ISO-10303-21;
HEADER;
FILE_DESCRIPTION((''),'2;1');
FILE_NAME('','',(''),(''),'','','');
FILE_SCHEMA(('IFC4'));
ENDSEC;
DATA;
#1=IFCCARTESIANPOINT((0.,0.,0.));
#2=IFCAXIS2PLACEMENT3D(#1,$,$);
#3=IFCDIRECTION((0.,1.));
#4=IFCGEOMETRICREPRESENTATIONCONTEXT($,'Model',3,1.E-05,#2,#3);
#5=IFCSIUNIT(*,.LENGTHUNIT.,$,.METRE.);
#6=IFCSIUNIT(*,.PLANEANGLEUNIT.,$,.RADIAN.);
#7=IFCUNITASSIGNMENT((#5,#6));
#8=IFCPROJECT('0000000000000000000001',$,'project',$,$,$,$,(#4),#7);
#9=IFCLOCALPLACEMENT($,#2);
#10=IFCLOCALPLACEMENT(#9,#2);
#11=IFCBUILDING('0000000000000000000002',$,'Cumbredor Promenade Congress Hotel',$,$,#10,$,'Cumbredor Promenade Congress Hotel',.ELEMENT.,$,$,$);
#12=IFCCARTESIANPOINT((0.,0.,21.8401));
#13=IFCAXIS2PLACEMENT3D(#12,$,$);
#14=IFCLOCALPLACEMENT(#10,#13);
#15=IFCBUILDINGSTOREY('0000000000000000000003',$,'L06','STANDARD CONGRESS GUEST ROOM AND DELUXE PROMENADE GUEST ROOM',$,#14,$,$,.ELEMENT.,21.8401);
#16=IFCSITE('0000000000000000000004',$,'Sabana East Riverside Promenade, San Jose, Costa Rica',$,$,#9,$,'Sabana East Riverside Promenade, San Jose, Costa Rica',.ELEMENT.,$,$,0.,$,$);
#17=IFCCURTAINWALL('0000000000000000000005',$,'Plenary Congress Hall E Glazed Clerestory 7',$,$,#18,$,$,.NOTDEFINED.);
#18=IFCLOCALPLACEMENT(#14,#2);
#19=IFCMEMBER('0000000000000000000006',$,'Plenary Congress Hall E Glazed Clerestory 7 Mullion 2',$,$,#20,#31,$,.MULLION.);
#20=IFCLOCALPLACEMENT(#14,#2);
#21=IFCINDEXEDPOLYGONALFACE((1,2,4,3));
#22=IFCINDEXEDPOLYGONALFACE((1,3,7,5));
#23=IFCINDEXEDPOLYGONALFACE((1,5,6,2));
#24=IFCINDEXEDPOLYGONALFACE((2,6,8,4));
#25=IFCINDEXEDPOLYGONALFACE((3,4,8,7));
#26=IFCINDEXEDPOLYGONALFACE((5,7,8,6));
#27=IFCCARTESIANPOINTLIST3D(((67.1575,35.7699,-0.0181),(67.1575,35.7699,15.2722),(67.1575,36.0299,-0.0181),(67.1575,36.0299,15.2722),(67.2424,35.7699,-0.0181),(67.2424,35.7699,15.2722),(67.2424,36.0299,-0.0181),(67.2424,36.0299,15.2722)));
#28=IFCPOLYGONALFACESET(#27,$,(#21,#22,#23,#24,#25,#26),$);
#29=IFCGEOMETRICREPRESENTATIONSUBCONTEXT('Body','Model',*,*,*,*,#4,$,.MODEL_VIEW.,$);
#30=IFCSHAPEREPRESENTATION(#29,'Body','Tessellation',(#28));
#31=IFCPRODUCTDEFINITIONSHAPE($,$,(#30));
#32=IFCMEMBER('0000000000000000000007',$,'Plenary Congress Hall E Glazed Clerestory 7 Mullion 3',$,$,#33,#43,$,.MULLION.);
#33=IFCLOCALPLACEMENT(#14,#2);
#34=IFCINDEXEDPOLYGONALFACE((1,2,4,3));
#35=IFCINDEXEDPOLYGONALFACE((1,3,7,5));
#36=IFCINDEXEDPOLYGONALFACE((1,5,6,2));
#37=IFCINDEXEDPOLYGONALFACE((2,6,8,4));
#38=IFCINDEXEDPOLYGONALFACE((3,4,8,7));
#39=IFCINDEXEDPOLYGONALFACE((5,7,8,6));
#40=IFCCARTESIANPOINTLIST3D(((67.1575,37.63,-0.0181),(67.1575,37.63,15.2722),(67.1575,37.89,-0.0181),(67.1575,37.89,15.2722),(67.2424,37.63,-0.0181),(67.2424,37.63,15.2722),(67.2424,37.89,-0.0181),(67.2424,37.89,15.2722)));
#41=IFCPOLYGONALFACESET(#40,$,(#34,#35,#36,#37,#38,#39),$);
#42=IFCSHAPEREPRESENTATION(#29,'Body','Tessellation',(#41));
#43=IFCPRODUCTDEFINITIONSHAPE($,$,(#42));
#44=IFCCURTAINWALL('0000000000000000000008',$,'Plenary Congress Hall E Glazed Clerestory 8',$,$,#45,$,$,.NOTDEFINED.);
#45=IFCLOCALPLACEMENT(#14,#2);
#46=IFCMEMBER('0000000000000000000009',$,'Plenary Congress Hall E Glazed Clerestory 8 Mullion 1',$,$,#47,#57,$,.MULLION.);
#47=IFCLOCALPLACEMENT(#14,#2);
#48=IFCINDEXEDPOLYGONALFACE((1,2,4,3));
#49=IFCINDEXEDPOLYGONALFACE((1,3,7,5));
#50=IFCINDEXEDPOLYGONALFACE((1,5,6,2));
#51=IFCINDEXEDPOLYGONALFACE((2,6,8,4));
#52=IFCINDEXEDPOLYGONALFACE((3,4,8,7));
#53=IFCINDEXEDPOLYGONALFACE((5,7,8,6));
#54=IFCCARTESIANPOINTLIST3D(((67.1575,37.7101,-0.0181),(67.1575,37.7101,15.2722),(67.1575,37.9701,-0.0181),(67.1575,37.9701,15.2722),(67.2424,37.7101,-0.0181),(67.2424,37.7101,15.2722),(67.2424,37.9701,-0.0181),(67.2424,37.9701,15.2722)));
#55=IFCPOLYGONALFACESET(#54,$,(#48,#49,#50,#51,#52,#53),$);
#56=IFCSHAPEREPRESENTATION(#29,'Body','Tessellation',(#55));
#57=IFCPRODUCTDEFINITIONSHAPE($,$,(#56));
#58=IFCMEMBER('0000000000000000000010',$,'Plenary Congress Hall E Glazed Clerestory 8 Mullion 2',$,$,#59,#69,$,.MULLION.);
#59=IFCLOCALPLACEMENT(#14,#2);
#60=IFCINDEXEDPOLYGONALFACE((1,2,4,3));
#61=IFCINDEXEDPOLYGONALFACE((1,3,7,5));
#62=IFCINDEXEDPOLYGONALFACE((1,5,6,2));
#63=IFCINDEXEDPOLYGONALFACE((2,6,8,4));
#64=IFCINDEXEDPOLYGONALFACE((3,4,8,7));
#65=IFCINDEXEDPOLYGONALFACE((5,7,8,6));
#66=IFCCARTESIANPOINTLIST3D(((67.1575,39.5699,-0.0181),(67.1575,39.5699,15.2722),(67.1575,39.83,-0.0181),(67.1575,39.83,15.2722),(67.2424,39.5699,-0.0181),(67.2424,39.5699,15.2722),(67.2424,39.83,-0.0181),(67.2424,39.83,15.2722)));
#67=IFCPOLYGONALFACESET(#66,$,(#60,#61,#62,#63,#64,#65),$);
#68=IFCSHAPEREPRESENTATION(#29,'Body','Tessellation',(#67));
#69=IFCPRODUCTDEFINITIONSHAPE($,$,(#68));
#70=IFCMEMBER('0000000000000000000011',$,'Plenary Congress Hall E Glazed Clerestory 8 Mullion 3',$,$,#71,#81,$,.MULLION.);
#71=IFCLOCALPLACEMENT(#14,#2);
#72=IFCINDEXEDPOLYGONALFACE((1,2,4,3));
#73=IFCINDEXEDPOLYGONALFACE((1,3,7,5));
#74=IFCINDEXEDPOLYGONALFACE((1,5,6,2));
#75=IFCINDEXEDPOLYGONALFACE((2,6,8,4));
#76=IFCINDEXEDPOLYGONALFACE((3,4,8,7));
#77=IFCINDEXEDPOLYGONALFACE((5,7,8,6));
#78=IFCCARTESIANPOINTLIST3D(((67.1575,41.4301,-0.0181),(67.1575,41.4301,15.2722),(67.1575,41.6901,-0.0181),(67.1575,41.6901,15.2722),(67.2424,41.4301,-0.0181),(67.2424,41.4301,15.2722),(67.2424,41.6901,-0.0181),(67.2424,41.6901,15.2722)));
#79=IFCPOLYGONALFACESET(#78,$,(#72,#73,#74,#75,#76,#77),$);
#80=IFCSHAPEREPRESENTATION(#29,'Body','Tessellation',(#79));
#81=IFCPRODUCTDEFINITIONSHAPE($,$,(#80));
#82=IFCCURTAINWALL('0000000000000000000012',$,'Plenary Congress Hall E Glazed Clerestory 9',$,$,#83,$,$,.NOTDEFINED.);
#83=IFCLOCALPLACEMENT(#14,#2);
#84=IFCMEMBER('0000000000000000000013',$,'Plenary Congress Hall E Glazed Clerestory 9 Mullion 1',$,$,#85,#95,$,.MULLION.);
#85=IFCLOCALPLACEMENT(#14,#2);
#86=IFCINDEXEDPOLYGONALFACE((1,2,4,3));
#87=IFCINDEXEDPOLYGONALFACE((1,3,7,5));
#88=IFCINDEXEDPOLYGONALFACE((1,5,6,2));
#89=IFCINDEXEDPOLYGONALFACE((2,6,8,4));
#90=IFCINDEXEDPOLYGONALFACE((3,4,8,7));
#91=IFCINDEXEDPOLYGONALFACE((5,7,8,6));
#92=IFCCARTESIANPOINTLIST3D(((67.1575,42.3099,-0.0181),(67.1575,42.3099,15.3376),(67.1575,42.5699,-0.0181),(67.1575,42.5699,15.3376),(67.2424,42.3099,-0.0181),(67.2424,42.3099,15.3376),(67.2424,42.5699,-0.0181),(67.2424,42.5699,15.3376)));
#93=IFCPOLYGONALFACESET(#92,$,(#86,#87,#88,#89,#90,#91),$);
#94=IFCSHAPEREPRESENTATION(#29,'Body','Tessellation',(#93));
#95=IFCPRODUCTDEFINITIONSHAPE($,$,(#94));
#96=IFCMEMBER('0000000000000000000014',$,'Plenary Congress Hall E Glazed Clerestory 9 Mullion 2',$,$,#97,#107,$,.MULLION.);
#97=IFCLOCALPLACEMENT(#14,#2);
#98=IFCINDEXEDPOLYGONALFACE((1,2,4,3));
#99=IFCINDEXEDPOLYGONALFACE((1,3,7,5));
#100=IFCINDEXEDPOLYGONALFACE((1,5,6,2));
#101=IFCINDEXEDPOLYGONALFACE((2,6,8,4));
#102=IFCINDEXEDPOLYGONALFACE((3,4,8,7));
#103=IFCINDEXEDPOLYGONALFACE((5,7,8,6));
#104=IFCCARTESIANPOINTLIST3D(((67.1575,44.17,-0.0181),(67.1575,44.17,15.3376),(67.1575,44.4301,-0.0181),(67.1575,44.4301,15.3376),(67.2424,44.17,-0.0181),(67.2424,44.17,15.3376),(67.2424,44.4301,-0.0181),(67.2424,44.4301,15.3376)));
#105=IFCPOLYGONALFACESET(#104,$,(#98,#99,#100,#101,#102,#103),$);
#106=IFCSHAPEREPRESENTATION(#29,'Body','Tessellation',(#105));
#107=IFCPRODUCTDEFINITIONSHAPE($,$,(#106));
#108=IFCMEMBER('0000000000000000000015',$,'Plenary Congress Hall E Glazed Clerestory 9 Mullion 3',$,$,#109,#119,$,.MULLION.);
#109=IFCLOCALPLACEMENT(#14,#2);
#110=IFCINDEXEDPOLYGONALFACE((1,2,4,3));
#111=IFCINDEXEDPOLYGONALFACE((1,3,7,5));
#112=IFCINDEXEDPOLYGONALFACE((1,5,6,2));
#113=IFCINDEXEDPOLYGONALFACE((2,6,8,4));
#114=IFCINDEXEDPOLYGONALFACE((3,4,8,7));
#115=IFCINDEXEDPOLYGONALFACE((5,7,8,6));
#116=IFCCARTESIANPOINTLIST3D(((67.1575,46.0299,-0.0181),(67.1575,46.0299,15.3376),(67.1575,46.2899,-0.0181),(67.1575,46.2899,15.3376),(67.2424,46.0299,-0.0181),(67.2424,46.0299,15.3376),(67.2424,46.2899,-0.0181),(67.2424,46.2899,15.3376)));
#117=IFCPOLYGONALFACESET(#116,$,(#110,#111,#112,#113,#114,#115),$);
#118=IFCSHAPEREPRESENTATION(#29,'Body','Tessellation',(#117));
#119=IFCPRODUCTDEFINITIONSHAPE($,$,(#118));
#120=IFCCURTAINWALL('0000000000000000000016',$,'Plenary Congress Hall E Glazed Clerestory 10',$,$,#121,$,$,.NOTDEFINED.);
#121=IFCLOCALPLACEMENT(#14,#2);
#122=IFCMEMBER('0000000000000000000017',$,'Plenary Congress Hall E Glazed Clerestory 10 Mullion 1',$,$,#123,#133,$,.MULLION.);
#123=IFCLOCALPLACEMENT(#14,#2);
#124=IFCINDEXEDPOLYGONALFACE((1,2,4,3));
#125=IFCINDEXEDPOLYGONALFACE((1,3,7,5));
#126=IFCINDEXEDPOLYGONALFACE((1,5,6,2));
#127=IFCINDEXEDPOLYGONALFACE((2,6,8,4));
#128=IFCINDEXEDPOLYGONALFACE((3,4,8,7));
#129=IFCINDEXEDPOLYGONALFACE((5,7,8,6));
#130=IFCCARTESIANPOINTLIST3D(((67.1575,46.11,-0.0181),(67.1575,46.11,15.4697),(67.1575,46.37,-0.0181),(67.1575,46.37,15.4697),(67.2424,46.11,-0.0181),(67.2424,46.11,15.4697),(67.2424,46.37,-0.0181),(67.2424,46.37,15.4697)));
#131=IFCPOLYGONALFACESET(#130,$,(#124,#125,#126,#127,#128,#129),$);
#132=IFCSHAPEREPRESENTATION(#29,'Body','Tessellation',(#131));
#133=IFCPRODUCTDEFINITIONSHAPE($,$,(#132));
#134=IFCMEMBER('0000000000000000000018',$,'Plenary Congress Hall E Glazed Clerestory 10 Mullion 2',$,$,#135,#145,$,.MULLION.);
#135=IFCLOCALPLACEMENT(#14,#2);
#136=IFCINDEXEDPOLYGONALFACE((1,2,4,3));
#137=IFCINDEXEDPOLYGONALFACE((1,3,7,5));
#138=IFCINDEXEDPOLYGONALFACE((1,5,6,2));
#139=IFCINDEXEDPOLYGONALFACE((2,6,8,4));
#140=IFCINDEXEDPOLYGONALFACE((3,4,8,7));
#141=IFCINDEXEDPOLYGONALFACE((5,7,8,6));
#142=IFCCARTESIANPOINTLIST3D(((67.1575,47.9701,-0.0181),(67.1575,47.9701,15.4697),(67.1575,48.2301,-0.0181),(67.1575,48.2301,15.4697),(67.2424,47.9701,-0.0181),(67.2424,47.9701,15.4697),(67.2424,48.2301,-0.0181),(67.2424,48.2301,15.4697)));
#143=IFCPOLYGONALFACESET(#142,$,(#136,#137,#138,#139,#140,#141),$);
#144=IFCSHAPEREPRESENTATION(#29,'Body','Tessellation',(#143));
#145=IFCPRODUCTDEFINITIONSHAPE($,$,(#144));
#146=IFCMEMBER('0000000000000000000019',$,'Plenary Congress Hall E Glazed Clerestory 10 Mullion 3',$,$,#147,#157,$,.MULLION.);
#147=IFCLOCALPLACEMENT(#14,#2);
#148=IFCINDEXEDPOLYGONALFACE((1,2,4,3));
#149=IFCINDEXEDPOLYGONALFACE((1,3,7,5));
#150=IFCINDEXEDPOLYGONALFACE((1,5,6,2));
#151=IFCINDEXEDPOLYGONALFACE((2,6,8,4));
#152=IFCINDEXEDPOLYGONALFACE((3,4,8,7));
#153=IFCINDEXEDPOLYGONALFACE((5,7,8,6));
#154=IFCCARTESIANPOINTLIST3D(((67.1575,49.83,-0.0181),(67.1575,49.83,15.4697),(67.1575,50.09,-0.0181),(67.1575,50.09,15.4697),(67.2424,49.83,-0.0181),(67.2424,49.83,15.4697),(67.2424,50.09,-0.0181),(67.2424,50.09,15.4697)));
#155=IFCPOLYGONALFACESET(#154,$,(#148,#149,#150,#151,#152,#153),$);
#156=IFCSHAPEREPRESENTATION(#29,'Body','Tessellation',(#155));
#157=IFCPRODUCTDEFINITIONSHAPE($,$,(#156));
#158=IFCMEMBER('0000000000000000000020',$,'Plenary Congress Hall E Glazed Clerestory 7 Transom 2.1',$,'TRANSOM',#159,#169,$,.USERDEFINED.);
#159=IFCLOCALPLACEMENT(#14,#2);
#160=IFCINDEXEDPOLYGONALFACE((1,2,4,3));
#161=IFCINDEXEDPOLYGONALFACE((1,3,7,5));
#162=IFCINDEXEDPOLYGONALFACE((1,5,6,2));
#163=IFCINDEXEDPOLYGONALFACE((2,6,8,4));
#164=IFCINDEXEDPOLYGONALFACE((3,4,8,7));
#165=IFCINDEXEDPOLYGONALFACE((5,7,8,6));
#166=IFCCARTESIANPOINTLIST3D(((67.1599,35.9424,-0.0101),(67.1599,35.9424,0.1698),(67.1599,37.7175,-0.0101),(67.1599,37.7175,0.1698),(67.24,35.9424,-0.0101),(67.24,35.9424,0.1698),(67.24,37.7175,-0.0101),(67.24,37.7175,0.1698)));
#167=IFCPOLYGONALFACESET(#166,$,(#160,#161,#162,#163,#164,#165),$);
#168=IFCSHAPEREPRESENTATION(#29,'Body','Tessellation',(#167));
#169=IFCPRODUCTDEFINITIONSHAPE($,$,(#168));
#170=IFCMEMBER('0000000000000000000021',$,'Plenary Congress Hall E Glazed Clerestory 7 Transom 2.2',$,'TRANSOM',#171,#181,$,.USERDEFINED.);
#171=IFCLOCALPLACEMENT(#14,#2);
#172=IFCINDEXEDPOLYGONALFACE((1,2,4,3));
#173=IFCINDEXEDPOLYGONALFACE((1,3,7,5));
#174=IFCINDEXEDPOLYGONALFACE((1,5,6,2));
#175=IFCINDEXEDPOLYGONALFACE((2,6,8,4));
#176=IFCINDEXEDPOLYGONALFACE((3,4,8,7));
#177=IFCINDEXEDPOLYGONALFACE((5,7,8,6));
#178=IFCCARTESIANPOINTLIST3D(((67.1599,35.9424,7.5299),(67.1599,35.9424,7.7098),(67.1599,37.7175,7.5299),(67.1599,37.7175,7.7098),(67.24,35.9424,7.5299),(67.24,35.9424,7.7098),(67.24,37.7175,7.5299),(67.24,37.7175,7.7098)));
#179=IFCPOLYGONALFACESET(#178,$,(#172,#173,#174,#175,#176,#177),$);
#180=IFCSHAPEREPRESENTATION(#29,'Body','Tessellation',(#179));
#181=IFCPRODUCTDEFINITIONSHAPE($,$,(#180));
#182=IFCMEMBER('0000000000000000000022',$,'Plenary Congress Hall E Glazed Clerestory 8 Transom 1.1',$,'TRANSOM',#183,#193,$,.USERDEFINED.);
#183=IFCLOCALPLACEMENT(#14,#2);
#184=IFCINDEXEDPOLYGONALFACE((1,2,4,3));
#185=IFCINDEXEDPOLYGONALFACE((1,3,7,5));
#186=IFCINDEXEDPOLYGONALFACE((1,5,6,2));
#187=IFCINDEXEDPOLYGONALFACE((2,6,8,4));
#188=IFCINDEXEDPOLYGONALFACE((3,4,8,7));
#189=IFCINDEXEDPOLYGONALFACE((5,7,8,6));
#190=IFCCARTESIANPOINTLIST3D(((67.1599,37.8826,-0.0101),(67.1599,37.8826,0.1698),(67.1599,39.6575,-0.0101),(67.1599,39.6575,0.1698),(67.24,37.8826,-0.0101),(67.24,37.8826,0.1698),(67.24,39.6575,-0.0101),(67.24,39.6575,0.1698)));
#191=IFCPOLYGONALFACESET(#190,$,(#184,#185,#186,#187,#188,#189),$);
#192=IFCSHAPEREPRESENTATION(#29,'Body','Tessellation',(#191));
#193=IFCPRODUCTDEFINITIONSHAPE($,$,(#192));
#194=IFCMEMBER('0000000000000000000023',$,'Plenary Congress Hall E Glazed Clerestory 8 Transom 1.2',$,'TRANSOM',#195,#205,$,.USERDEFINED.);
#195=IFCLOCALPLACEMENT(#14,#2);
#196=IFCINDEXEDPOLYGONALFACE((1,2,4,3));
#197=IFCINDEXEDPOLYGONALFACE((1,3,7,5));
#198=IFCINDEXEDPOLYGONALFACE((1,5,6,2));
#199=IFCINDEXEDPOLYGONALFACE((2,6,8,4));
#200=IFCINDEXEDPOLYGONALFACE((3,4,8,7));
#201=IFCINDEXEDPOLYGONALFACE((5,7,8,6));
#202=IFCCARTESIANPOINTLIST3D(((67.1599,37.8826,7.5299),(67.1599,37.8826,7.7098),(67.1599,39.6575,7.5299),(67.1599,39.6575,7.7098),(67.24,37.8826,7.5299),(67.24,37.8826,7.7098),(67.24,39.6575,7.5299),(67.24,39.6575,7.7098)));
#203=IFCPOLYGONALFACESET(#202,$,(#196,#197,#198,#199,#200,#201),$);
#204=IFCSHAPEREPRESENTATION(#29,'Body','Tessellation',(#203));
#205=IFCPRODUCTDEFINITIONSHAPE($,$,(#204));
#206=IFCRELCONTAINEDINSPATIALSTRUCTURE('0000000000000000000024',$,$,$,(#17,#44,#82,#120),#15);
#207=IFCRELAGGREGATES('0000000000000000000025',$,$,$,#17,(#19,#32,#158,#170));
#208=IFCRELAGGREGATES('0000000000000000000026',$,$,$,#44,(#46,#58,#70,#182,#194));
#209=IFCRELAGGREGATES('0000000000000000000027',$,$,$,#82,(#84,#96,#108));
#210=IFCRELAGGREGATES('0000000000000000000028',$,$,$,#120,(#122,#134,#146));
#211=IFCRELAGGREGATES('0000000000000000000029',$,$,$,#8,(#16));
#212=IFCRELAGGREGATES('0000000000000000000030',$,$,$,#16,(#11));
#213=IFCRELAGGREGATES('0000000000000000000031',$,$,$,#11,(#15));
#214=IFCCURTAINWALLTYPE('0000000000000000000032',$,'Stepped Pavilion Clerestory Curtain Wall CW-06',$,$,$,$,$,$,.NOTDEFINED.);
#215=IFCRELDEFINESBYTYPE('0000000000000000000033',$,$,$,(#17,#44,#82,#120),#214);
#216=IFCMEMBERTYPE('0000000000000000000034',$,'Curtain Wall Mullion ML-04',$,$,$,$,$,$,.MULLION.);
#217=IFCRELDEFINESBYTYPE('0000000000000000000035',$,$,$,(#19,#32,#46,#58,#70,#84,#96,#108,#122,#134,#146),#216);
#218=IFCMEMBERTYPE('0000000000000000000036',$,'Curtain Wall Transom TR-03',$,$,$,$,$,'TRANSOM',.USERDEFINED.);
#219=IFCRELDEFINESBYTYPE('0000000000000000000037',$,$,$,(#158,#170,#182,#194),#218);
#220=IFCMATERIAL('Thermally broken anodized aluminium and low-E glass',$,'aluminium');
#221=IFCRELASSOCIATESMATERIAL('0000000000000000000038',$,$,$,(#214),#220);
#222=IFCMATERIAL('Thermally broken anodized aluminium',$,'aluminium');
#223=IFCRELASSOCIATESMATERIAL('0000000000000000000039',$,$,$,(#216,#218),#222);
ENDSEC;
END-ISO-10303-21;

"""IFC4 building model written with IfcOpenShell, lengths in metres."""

from ifc_helpers import new_model, si_unit, direction, frame, origin, origin_2d, place, context, subcontext, project, spatial, rectangle, extrude, material, material_profile, profile_set, type_object, element, aggregate, save


model = new_model("IFC4")

# Units and contexts
model_context = context("Model", 3, precision=1e-05, world=origin(), true_north=direction((0.0, 1.0)))
body_context = subcontext(model_context, "Body", "Model", "MODEL_VIEW")
ifc_project = project(units=[si_unit("LENGTHUNIT", "METRE"), si_unit("PLANEANGLEUNIT", "RADIAN")], contexts=[model_context])

# Site, building, storey
site_placement = place(None, origin())
site = spatial("IfcSite", under=ifc_project, at=site_placement, Name="Sabana East Riverside Promenade, San Jose, Costa Rica", LongName="Sabana East Riverside Promenade, San Jose, Costa Rica", CompositionType="ELEMENT", RefElevation=0.0)
building_placement = place(site_placement, origin())
building = spatial("IfcBuilding", under=site, at=building_placement, Name="Cumbredor Promenade Congress Hotel", LongName="Cumbredor Promenade Congress Hotel", CompositionType="ELEMENT")
storey_placement = place(building_placement, frame((0.0, 0.0, 21.8401)))
storey = spatial("IfcBuildingStorey", under=building, at=storey_placement, Name="L06", Description="STANDARD CONGRESS GUEST ROOM AND DELUXE PROMENADE GUEST ROOM", CompositionType="ELEMENT", Elevation=21.8401)

# Curtain walls, members
ifc_material_1 = material(Name="Thermally broken anodized aluminium and low-E glass", Category="aluminium")
curtain_wall_type = type_object("IfcCurtainWallType", Name="Stepped Pavilion Clerestory Curtain Wall CW-06", PredefinedType="NOTDEFINED", material=ifc_material_1)
curtain_wall_1_placement = place(storey_placement, origin())
curtain_wall_1 = element("IfcCurtainWall", 1, at=curtain_wall_1_placement, inside=storey, type_object=curtain_wall_type, Name="Plenary Congress Hall E Glazed Clerestory 7", PredefinedType="NOTDEFINED")
ifc_material_2 = material(Name="Thermally broken anodized aluminium", Category="aluminium")
ifc_material_profile_1 = material_profile(ifc_material_2, rectangle(XDim=0.085, YDim=0.26, at=origin_2d()), Name="ALU MULLION CLERESTORY 85x260")
ifc_profile_set_1 = profile_set([ifc_material_profile_1], Name="Thermally broken anodized aluminium")
member_type_1 = type_object("IfcMemberType", Name="Curtain Wall Mullion ML-04", PredefinedType="MULLION", material=ifc_profile_set_1)
member_1_placement = place(storey_placement, frame((67.2, 35.8999, -0.0181), z_axis=(0.0, 0.0, 1.0), x_axis=(1.0, 0.0, 0.0)))
member_1 = element("IfcMember", 2, at=member_1_placement, type_object=member_type_1, Name="Plenary Congress Hall E Glazed Clerestory 7 Mullion 2", PredefinedType="MULLION", context=body_context, shape_type="SweptSolid", body=[
    extrude(rectangle(XDim=0.085, YDim=0.26, at=origin_2d()), origin(), (0.0, 0.0, 1.0), 15.2903),
])
member_2_placement = place(storey_placement, frame((67.2, 37.76, -0.0181), z_axis=(0.0, 0.0, 1.0), x_axis=(1.0, 0.0, 0.0)))
member_2 = element("IfcMember", 3, at=member_2_placement, type_object=member_type_1, Name="Plenary Congress Hall E Glazed Clerestory 7 Mullion 3", PredefinedType="MULLION", context=body_context, shape_type="SweptSolid", body=[
    extrude(rectangle(XDim=0.085, YDim=0.26, at=origin_2d()), origin(), (0.0, 0.0, 1.0), 15.2903),
])
curtain_wall_2_placement = place(storey_placement, origin())
curtain_wall_2 = element("IfcCurtainWall", 4, at=curtain_wall_2_placement, inside=storey, type_object=curtain_wall_type, Name="Plenary Congress Hall E Glazed Clerestory 8", PredefinedType="NOTDEFINED")
member_3_placement = place(storey_placement, frame((67.2, 37.8401, -0.0181), z_axis=(0.0, 0.0, 1.0), x_axis=(1.0, 0.0, 0.0)))
member_3 = element("IfcMember", 5, at=member_3_placement, type_object=member_type_1, Name="Plenary Congress Hall E Glazed Clerestory 8 Mullion 1", PredefinedType="MULLION", context=body_context, shape_type="SweptSolid", body=[
    extrude(rectangle(XDim=0.085, YDim=0.26, at=origin_2d()), origin(), (0.0, 0.0, 1.0), 15.2903),
])
member_4_placement = place(storey_placement, frame((67.2, 39.7, -0.0181), z_axis=(0.0, 0.0, 1.0), x_axis=(1.0, 0.0, 0.0)))
member_4 = element("IfcMember", 6, at=member_4_placement, type_object=member_type_1, Name="Plenary Congress Hall E Glazed Clerestory 8 Mullion 2", PredefinedType="MULLION", context=body_context, shape_type="SweptSolid", body=[
    extrude(rectangle(XDim=0.085, YDim=0.26, at=origin_2d()), origin(), (0.0, 0.0, 1.0), 15.2903),
])
member_5_placement = place(storey_placement, frame((67.2, 41.5601, -0.0181), z_axis=(0.0, 0.0, 1.0), x_axis=(1.0, 0.0, 0.0)))
member_5 = element("IfcMember", 7, at=member_5_placement, type_object=member_type_1, Name="Plenary Congress Hall E Glazed Clerestory 8 Mullion 3", PredefinedType="MULLION", context=body_context, shape_type="SweptSolid", body=[
    extrude(rectangle(XDim=0.085, YDim=0.26, at=origin_2d()), origin(), (0.0, 0.0, 1.0), 15.2903),
])
curtain_wall_3_placement = place(storey_placement, origin())
curtain_wall_3 = element("IfcCurtainWall", 8, at=curtain_wall_3_placement, inside=storey, type_object=curtain_wall_type, Name="Plenary Congress Hall E Glazed Clerestory 9", PredefinedType="NOTDEFINED")
member_6_placement = place(storey_placement, frame((67.2, 42.4399, -0.0181), z_axis=(0.0, 0.0, 1.0), x_axis=(1.0, 0.0, 0.0)))
member_6 = element("IfcMember", 9, at=member_6_placement, type_object=member_type_1, Name="Plenary Congress Hall E Glazed Clerestory 9 Mullion 1", PredefinedType="MULLION", context=body_context, shape_type="SweptSolid", body=[
    extrude(rectangle(XDim=0.085, YDim=0.26, at=origin_2d()), origin(), (0.0, 0.0, 1.0), 15.3557),
])
member_7_placement = place(storey_placement, frame((67.2, 44.3, -0.0181), z_axis=(0.0, 0.0, 1.0), x_axis=(1.0, 0.0, 0.0)))
member_7 = element("IfcMember", 10, at=member_7_placement, type_object=member_type_1, Name="Plenary Congress Hall E Glazed Clerestory 9 Mullion 2", PredefinedType="MULLION", context=body_context, shape_type="SweptSolid", body=[
    extrude(rectangle(XDim=0.085, YDim=0.26, at=origin_2d()), origin(), (0.0, 0.0, 1.0), 15.3557),
])
member_8_placement = place(storey_placement, frame((67.2, 46.1599, -0.0181), z_axis=(0.0, 0.0, 1.0), x_axis=(1.0, 0.0, 0.0)))
member_8 = element("IfcMember", 11, at=member_8_placement, type_object=member_type_1, Name="Plenary Congress Hall E Glazed Clerestory 9 Mullion 3", PredefinedType="MULLION", context=body_context, shape_type="SweptSolid", body=[
    extrude(rectangle(XDim=0.085, YDim=0.26, at=origin_2d()), origin(), (0.0, 0.0, 1.0), 15.3557),
])
curtain_wall_4_placement = place(storey_placement, origin())
curtain_wall_4 = element("IfcCurtainWall", 12, at=curtain_wall_4_placement, inside=storey, type_object=curtain_wall_type, Name="Plenary Congress Hall E Glazed Clerestory 10", PredefinedType="NOTDEFINED")
member_9_placement = place(storey_placement, frame((67.2, 46.24, -0.0181), z_axis=(0.0, 0.0, 1.0), x_axis=(1.0, 0.0, 0.0)))
member_9 = element("IfcMember", 13, at=member_9_placement, type_object=member_type_1, Name="Plenary Congress Hall E Glazed Clerestory 10 Mullion 1", PredefinedType="MULLION", context=body_context, shape_type="SweptSolid", body=[
    extrude(rectangle(XDim=0.085, YDim=0.26, at=origin_2d()), origin(), (0.0, 0.0, 1.0), 15.4878),
])
member_10_placement = place(storey_placement, frame((67.2, 48.1001, -0.0181), z_axis=(0.0, 0.0, 1.0), x_axis=(1.0, 0.0, 0.0)))
member_10 = element("IfcMember", 14, at=member_10_placement, type_object=member_type_1, Name="Plenary Congress Hall E Glazed Clerestory 10 Mullion 2", PredefinedType="MULLION", context=body_context, shape_type="SweptSolid", body=[
    extrude(rectangle(XDim=0.085, YDim=0.26, at=origin_2d()), origin(), (0.0, 0.0, 1.0), 15.4878),
])
member_11_placement = place(storey_placement, frame((67.2, 49.96, -0.0181), z_axis=(0.0, 0.0, 1.0), x_axis=(1.0, 0.0, 0.0)))
member_11 = element("IfcMember", 15, at=member_11_placement, type_object=member_type_1, Name="Plenary Congress Hall E Glazed Clerestory 10 Mullion 3", PredefinedType="MULLION", context=body_context, shape_type="SweptSolid", body=[
    extrude(rectangle(XDim=0.085, YDim=0.26, at=origin_2d()), origin(), (0.0, 0.0, 1.0), 15.4878),
])

# Members
ifc_material_profile_2 = material_profile(ifc_material_2, rectangle(XDim=0.0801, YDim=0.1799, at=origin_2d()), Name="ALU TRANSOM 80x180")
ifc_profile_set_2 = profile_set([ifc_material_profile_2], Name="Thermally broken anodized aluminium")
member_type_2 = type_object("IfcMemberType", Name="Curtain Wall Transom TR-03", ElementType="TRANSOM", PredefinedType="USERDEFINED", material=ifc_profile_set_2)
member_12_placement = place(storey_placement, frame((67.2, 35.9424, 0.0798), z_axis=(0.0, 1.0, 0.0), x_axis=(-1.0, 0.0, 0.0)))
member_12 = element("IfcMember", 16, at=member_12_placement, type_object=member_type_2, Name="Plenary Congress Hall E Glazed Clerestory 7 Transom 2.1", ObjectType="TRANSOM", PredefinedType="USERDEFINED", context=body_context, shape_type="SweptSolid", body=[
    extrude(rectangle(XDim=0.0801, YDim=0.1799, at=origin_2d()), origin(), (0.0, 0.0, 1.0), 1.7751),
])
member_13_placement = place(storey_placement, frame((67.2, 35.9424, 7.6199), z_axis=(0.0, 1.0, 0.0), x_axis=(-1.0, 0.0, 0.0)))
member_13 = element("IfcMember", 17, at=member_13_placement, type_object=member_type_2, Name="Plenary Congress Hall E Glazed Clerestory 7 Transom 2.2", ObjectType="TRANSOM", PredefinedType="USERDEFINED", context=body_context, shape_type="SweptSolid", body=[
    extrude(rectangle(XDim=0.0801, YDim=0.1799, at=origin_2d()), origin(), (0.0, 0.0, 1.0), 1.7751),
])
member_14_placement = place(storey_placement, frame((67.2, 37.8826, 0.0798), z_axis=(0.0, 1.0, 0.0), x_axis=(-1.0, 0.0, 0.0)))
member_14 = element("IfcMember", 18, at=member_14_placement, type_object=member_type_2, Name="Plenary Congress Hall E Glazed Clerestory 8 Transom 1.1", ObjectType="TRANSOM", PredefinedType="USERDEFINED", context=body_context, shape_type="SweptSolid", body=[
    extrude(rectangle(XDim=0.0801, YDim=0.1799, at=origin_2d()), origin(), (0.0, 0.0, 1.0), 1.7749),
])
member_15_placement = place(storey_placement, frame((67.2, 37.8826, 7.6199), z_axis=(0.0, 1.0, 0.0), x_axis=(-1.0, 0.0, 0.0)))
member_15 = element("IfcMember", 19, at=member_15_placement, type_object=member_type_2, Name="Plenary Congress Hall E Glazed Clerestory 8 Transom 1.2", ObjectType="TRANSOM", PredefinedType="USERDEFINED", context=body_context, shape_type="SweptSolid", body=[
    extrude(rectangle(XDim=0.0801, YDim=0.1799, at=origin_2d()), origin(), (0.0, 0.0, 1.0), 1.7749),
])

aggregate(curtain_wall_1, [member_1, member_2, member_12, member_13])
aggregate(curtain_wall_2, [member_3, member_4, member_5, member_14, member_15])
aggregate(curtain_wall_3, [member_6, member_7, member_8])
aggregate(curtain_wall_4, [member_9, member_10, member_11])

save(model, "model.ifc")
